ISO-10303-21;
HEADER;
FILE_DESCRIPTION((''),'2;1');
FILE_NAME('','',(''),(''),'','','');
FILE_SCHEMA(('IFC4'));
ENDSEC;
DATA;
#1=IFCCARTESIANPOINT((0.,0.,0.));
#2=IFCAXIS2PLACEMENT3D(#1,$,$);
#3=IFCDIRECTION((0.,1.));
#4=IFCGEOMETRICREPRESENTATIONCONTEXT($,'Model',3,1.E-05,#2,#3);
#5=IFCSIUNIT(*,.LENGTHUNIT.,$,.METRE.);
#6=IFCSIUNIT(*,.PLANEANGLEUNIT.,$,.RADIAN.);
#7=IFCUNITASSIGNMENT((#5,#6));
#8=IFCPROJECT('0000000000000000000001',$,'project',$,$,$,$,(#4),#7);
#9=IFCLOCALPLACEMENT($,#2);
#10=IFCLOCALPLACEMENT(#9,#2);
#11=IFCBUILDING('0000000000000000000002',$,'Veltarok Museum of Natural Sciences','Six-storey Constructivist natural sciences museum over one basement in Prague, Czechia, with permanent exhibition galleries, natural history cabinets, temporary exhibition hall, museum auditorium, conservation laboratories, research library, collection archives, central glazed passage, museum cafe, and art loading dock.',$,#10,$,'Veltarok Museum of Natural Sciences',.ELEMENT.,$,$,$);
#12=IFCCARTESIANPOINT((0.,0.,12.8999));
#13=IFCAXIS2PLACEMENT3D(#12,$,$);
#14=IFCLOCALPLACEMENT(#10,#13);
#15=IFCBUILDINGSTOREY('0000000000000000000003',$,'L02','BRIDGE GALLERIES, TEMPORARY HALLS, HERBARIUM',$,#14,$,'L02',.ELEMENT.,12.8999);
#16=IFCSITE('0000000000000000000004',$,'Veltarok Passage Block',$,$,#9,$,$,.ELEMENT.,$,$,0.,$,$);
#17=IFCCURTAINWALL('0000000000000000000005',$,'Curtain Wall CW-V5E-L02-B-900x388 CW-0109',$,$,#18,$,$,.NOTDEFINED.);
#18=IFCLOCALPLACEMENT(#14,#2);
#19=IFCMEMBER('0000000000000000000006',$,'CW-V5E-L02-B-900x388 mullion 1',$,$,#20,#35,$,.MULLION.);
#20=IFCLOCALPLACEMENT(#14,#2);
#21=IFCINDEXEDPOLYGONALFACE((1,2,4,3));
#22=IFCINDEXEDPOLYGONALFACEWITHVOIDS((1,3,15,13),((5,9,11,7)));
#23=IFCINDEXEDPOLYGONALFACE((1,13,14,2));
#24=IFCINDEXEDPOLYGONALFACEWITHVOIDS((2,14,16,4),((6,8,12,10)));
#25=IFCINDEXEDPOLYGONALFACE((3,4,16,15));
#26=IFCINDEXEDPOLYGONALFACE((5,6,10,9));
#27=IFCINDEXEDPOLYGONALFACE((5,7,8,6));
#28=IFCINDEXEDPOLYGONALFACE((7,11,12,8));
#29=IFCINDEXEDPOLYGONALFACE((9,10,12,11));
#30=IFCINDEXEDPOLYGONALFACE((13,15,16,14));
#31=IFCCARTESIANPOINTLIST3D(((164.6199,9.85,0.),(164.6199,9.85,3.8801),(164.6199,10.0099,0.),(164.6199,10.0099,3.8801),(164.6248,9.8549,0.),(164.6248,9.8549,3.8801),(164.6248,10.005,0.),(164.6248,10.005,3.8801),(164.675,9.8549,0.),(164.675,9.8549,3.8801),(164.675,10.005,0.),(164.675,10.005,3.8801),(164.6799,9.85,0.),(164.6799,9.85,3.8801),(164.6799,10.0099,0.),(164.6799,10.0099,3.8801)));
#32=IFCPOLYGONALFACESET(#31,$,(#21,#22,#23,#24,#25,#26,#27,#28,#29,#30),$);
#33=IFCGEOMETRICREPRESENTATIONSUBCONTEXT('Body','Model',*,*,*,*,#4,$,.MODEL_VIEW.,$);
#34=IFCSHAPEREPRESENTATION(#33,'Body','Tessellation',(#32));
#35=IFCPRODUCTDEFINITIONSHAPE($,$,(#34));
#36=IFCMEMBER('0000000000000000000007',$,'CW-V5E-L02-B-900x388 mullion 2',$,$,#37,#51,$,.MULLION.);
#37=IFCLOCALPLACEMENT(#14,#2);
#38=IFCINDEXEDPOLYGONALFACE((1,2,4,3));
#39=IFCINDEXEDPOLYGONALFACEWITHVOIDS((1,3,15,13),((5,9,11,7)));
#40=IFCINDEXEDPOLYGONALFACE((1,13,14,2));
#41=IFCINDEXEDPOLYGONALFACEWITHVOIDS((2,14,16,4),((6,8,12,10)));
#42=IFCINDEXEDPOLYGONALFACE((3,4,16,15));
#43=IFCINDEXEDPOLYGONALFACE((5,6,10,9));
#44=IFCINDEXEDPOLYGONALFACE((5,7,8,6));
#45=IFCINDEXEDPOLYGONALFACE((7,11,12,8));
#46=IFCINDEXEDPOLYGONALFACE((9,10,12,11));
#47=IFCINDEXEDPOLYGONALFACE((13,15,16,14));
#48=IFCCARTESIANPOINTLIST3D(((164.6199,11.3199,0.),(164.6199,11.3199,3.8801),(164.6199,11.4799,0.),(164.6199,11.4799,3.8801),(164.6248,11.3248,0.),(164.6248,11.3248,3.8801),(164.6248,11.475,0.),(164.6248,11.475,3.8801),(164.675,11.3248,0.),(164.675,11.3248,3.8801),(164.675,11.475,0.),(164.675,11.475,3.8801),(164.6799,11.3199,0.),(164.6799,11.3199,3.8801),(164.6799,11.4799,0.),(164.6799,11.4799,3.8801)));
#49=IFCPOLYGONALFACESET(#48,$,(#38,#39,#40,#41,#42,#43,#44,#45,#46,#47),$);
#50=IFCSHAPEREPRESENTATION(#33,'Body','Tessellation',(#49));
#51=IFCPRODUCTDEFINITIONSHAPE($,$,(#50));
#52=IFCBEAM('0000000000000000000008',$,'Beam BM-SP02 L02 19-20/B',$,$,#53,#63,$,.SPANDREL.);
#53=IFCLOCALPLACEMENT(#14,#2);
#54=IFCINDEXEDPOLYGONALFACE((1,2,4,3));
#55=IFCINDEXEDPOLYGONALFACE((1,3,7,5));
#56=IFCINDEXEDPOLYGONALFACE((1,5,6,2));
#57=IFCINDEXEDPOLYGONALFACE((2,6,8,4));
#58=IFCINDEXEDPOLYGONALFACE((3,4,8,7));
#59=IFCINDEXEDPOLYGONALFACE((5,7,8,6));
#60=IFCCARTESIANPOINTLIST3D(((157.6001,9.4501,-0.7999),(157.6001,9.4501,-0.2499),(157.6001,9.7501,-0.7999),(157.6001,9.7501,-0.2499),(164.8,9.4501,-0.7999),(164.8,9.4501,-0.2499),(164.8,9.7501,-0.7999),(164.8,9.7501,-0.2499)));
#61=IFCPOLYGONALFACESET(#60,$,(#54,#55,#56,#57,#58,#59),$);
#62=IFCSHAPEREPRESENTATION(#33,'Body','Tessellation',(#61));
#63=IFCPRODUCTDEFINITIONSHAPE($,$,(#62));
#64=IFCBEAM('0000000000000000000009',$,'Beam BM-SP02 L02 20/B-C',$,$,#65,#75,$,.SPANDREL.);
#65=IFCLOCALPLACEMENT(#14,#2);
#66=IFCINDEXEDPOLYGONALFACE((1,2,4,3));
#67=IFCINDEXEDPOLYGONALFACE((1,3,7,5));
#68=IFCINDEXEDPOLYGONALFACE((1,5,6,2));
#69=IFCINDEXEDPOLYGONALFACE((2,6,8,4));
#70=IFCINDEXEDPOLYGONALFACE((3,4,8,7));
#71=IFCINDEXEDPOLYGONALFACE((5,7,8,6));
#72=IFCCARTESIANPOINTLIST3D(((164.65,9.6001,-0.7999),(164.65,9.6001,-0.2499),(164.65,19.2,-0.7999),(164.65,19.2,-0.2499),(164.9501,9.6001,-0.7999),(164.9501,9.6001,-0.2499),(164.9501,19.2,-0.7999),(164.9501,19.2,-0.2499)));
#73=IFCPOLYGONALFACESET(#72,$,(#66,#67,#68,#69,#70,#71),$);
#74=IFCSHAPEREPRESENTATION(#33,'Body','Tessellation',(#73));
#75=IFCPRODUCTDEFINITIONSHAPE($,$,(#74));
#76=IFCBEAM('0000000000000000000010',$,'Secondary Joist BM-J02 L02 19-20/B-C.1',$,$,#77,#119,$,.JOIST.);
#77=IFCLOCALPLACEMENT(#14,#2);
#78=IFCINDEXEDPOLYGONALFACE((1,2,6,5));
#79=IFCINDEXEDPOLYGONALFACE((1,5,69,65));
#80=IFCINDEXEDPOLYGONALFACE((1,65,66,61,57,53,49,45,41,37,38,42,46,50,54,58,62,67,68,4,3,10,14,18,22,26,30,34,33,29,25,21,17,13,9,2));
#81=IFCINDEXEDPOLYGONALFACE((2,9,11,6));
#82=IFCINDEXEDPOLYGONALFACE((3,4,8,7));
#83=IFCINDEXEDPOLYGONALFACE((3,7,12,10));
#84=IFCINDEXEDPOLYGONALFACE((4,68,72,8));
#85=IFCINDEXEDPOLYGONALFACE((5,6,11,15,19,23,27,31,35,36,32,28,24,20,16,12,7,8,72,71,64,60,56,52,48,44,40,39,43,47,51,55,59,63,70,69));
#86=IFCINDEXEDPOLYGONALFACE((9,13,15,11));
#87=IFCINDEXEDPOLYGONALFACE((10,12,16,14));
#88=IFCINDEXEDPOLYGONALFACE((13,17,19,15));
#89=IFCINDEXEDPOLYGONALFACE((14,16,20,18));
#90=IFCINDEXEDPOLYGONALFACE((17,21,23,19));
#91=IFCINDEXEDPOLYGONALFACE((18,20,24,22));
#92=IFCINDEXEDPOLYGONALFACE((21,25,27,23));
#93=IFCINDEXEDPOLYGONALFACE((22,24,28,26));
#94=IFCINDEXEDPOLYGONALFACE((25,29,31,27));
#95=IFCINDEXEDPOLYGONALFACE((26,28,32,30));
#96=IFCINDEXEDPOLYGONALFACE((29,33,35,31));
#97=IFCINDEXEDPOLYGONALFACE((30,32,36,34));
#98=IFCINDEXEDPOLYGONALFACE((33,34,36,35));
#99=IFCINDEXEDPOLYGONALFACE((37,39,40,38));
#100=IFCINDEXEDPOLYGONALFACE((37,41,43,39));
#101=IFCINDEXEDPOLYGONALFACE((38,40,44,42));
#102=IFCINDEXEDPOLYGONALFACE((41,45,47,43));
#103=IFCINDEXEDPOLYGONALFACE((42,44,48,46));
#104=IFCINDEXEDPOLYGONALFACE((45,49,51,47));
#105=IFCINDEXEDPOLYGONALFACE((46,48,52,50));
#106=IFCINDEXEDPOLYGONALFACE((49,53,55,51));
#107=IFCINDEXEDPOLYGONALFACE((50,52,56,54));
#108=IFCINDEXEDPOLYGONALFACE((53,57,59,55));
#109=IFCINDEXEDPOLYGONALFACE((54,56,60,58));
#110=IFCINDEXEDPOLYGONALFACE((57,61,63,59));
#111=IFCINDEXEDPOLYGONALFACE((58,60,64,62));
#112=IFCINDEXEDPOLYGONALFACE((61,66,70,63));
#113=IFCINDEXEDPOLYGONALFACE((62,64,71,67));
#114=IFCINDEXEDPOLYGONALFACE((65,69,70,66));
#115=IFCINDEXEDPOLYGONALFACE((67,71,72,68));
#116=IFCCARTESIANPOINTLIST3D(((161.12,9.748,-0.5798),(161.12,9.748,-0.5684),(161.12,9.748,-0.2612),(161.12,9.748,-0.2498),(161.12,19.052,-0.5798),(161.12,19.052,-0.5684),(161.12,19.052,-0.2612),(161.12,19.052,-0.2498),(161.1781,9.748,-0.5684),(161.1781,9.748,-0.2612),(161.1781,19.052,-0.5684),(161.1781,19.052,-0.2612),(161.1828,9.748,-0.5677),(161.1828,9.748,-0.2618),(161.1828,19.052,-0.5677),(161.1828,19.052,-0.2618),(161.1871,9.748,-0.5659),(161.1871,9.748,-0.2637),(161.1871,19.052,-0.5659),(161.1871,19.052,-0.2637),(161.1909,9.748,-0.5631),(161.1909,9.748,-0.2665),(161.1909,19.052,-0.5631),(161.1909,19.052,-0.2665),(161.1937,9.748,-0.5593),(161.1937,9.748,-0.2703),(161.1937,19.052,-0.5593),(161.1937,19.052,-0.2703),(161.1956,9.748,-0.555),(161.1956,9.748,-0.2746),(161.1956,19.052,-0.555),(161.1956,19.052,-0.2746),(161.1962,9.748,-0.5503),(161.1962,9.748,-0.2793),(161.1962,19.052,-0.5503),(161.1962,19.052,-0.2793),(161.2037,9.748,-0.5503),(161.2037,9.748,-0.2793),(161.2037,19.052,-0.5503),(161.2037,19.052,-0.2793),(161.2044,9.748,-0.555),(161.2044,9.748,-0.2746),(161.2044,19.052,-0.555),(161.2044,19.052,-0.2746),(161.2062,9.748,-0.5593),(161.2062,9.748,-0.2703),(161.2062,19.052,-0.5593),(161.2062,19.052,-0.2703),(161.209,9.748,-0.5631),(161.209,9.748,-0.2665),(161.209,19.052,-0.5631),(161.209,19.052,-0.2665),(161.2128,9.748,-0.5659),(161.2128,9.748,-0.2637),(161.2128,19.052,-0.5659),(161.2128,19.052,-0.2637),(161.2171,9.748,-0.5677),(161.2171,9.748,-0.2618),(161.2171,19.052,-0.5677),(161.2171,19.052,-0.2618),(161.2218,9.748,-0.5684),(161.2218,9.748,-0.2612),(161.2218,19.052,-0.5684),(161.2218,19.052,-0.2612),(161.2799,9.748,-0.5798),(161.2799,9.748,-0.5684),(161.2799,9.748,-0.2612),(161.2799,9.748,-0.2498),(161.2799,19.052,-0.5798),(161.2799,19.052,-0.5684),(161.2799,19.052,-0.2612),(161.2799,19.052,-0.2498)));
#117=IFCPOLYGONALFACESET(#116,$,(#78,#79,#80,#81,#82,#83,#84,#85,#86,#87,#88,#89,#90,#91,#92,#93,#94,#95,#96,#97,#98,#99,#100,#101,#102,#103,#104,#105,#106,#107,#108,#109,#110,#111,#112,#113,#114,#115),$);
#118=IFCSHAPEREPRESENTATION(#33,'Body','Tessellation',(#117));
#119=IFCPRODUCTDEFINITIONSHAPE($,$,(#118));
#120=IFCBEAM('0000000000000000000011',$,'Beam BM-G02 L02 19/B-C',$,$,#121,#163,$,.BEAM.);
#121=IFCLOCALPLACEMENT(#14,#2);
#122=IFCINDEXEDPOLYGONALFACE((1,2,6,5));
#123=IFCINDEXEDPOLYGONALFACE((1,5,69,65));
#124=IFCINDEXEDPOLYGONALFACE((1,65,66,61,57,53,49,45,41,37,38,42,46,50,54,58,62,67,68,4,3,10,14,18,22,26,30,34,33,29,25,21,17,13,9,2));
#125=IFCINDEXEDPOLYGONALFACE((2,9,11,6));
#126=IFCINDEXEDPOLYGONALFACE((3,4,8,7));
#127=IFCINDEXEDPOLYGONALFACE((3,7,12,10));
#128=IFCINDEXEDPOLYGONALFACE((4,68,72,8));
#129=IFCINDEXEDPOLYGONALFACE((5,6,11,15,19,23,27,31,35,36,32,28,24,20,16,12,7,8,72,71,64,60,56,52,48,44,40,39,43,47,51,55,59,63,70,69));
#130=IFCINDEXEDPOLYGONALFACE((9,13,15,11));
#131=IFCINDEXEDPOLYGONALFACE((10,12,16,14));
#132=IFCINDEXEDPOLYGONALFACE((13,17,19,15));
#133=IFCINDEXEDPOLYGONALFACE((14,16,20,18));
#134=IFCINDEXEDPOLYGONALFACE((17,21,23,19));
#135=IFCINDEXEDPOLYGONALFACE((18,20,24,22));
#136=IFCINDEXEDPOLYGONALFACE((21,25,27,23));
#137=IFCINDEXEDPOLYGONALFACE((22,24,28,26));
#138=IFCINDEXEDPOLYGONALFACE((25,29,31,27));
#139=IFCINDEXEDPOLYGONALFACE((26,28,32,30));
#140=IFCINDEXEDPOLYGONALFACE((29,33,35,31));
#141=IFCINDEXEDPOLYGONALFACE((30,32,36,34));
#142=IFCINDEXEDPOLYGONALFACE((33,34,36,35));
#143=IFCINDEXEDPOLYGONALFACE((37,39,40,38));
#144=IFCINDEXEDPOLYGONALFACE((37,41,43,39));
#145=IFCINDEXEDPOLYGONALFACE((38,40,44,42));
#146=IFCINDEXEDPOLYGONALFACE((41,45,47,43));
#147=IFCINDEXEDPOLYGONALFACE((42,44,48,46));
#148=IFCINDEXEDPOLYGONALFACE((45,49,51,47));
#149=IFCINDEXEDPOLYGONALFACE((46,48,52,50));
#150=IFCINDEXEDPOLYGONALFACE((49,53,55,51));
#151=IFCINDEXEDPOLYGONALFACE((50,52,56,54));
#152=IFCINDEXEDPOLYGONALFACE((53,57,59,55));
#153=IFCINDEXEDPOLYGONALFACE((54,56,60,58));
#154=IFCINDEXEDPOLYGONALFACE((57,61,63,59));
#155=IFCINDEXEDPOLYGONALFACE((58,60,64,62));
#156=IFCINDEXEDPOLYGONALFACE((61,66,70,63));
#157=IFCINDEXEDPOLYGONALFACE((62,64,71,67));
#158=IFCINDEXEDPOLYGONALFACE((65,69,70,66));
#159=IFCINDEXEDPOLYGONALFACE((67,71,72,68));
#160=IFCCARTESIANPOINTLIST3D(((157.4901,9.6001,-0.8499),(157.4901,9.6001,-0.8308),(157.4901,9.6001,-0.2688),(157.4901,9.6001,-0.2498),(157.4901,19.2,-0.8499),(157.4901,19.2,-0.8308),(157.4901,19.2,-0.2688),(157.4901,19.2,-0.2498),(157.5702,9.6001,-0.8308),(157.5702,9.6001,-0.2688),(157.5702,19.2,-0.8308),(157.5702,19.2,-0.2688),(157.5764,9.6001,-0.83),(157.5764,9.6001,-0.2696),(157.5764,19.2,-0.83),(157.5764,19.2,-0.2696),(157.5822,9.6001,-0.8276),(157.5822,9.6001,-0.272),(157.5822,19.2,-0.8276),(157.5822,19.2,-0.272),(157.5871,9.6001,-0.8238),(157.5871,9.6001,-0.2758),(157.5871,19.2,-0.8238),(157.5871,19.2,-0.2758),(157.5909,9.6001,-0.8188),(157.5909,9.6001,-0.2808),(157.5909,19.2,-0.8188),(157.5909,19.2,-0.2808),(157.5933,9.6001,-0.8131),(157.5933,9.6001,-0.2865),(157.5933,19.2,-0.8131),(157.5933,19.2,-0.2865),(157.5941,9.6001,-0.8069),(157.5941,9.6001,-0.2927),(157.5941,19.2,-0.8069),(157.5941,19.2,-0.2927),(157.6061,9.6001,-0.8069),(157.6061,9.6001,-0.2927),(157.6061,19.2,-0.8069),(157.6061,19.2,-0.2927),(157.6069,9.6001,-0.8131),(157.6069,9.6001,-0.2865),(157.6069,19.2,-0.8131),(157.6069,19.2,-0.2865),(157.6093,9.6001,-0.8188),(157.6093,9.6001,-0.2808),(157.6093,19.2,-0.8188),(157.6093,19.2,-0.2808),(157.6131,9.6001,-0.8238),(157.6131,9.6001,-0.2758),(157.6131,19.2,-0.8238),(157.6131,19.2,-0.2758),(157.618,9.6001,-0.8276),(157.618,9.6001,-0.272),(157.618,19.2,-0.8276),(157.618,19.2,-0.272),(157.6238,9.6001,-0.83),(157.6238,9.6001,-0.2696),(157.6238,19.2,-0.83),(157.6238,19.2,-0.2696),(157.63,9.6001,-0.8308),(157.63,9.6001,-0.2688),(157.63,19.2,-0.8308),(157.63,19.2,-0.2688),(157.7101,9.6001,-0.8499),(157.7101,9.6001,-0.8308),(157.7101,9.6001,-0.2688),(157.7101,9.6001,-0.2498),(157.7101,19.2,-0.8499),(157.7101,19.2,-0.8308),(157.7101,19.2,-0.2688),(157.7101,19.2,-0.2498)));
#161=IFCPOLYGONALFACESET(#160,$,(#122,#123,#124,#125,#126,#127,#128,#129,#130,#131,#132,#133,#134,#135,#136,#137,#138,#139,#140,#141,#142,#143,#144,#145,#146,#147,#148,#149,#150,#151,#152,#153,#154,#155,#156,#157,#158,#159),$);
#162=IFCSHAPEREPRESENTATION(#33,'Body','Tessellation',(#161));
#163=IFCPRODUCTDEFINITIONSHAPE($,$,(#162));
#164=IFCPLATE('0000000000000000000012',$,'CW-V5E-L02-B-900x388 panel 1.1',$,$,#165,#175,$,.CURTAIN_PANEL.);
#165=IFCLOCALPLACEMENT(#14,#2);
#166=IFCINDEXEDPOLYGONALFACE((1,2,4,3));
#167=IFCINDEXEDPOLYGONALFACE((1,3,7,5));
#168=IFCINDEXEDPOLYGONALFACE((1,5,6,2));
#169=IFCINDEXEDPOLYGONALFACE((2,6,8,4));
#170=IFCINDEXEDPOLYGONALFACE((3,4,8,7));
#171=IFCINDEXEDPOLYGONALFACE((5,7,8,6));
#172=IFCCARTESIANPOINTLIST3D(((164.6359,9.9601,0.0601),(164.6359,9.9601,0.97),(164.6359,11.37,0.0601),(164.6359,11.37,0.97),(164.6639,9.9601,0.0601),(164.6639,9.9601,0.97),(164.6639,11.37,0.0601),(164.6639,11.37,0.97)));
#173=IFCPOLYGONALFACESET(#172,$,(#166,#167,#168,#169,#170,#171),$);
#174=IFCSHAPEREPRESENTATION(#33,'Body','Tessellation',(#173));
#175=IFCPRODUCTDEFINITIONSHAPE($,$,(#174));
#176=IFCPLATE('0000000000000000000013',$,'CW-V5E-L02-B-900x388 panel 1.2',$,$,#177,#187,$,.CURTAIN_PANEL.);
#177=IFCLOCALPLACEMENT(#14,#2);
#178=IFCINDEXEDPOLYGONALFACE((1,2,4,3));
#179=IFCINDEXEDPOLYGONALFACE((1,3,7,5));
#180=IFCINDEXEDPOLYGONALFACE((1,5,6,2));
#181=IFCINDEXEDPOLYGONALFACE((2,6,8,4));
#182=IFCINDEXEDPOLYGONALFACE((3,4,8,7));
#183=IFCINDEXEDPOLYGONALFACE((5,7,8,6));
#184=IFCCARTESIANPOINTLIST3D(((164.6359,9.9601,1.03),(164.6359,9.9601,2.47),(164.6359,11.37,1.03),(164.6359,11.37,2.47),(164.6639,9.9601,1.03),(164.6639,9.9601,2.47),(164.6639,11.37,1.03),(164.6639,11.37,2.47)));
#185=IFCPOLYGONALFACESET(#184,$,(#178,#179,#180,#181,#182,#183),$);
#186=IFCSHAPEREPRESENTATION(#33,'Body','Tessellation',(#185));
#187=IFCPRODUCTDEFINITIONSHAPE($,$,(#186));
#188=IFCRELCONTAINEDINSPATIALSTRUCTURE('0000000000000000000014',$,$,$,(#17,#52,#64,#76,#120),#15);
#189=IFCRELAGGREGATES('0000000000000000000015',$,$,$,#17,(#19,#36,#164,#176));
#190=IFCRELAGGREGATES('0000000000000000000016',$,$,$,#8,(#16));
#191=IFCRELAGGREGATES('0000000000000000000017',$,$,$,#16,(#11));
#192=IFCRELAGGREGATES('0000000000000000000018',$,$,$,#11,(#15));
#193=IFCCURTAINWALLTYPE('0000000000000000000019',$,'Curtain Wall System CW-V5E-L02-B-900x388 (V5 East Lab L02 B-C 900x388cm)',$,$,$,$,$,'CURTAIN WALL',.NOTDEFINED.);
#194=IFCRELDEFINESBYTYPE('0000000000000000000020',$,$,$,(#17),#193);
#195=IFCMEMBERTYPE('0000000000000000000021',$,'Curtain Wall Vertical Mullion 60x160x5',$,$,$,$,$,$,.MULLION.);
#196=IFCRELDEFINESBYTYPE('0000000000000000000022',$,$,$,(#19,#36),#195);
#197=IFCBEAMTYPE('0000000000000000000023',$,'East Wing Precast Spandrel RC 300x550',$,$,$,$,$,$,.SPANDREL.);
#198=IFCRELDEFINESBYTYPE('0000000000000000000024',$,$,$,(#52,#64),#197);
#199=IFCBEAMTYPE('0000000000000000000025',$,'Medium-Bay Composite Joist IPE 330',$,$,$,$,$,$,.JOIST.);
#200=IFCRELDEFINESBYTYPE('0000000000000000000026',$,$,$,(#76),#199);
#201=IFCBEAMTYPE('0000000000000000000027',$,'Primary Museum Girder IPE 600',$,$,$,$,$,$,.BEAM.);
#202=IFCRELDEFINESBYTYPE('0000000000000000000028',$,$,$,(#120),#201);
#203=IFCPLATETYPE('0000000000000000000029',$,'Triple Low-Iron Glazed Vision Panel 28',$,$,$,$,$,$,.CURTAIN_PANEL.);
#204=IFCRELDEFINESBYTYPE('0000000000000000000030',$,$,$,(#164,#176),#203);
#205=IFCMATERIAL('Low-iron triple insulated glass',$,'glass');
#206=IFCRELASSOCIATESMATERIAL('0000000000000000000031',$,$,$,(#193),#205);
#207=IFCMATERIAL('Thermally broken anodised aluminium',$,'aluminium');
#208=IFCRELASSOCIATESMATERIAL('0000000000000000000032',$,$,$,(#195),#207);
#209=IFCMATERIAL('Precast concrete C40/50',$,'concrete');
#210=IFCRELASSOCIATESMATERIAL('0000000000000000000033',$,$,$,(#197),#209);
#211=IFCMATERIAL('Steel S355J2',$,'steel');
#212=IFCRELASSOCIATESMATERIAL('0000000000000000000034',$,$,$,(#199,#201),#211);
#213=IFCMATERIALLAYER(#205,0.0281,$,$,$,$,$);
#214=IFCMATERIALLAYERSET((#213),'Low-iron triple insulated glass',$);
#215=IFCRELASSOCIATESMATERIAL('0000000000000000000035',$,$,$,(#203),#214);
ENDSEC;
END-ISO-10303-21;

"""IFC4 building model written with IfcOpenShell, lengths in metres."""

from ifc_helpers import new_model, si_unit, direction, frame, origin, origin_2d, place, context, subcontext, project, spatial, rectangle, hollow_rectangle, i_section, extrude, material, layer, layer_set, material_profile, profile_set, type_object, element, aggregate, save


model = new_model("IFC4")

# Units and contexts
model_context = context("Model", 3, precision=1e-05, world=origin(), true_north=direction((0.0, 1.0)))
body_context = subcontext(model_context, "Body", "Model", "MODEL_VIEW")
ifc_project = project(units=[si_unit("LENGTHUNIT", "METRE"), si_unit("PLANEANGLEUNIT", "RADIAN")], contexts=[model_context])

# Site, building, storey
site_placement = place(None, origin())
site = spatial("IfcSite", under=ifc_project, at=site_placement, Name="Veltarok Passage Block", CompositionType="ELEMENT", RefElevation=0.0)
building_placement = place(site_placement, origin())
building = spatial("IfcBuilding", under=site, at=building_placement, Name="Veltarok Museum of Natural Sciences", Description="Six-storey Constructivist natural sciences museum over one basement in Prague, Czechia, with permanent exhibition galleries, natural history cabinets, temporary exhibition hall, museum auditorium, conservation laboratories, research library, collection archives, central glazed passage, museum cafe, and art loading dock.", LongName="Veltarok Museum of Natural Sciences", CompositionType="ELEMENT")
storey_placement = place(building_placement, frame((0.0, 0.0, 12.8999)))
storey = spatial("IfcBuildingStorey", under=building, at=storey_placement, Name="L02", Description="BRIDGE GALLERIES, TEMPORARY HALLS, HERBARIUM", LongName="L02", CompositionType="ELEMENT", Elevation=12.8999)

# Shared definitions
ifc_material_1 = material(Name="Steel S355J2", Category="steel")

# Curtain wall, members
ifc_material_2 = material(Name="Low-iron triple insulated glass", Category="glass")
curtain_wall_type = type_object("IfcCurtainWallType", Name="Curtain Wall System CW-V5E-L02-B-900x388 (V5 East Lab L02 B-C 900x388cm)", ElementType="CURTAIN WALL", PredefinedType="NOTDEFINED", material=ifc_material_2)
curtain_wall_placement = place(storey_placement, origin())
curtain_wall = element("IfcCurtainWall", 1, at=curtain_wall_placement, inside=storey, type_object=curtain_wall_type, Name="Curtain Wall CW-V5E-L02-B-900x388 CW-0109", PredefinedType="NOTDEFINED")
ifc_material_3 = material(Name="Thermally broken anodised aluminium", Category="aluminium")
ifc_material_profile_1 = material_profile(ifc_material_3, hollow_rectangle(XDim=0.0601, YDim=0.1599, WallThickness=0.0049, at=origin_2d()), Name="CW MULLION 60x160x5")
ifc_profile_set_1 = profile_set([ifc_material_profile_1], Name="Thermally broken anodised aluminium")
member_type_1 = type_object("IfcMemberType", Name="Curtain Wall Vertical Mullion 60x160x5", PredefinedType="MULLION", material=ifc_profile_set_1)
member_1_placement = place(storey_placement, frame((164.6499, 9.9299, 0.0), z_axis=(0.0, 0.0, 1.0), x_axis=(-1.0, 0.0, 0.0)))
member_1 = element("IfcMember", 2, at=member_1_placement, type_object=member_type_1, Name="CW-V5E-L02-B-900x388 mullion 1", PredefinedType="MULLION", context=body_context, shape_type="SweptSolid", body=[
    extrude(hollow_rectangle(XDim=0.0601, YDim=0.1599, WallThickness=0.0049, at=origin_2d()), origin(), (0.0, 0.0, 1.0), 3.8801),
])
member_2_placement = place(storey_placement, frame((164.6499, 11.3999, 0.0), z_axis=(0.0, 0.0, 1.0), x_axis=(-1.0, 0.0, 0.0)))
member_2 = element("IfcMember", 3, at=member_2_placement, type_object=member_type_1, Name="CW-V5E-L02-B-900x388 mullion 2", PredefinedType="MULLION", context=body_context, shape_type="SweptSolid", body=[
    extrude(hollow_rectangle(XDim=0.0601, YDim=0.1599, WallThickness=0.0049, at=origin_2d()), origin(), (0.0, 0.0, 1.0), 3.8801),
])

# Beams
ifc_material_4 = material(Name="Precast concrete C40/50", Category="concrete")
ifc_material_profile_2 = material_profile(ifc_material_4, rectangle(XDim=0.3, YDim=0.55, at=origin_2d()), Name="RC 300x550")
ifc_profile_set_2 = profile_set([ifc_material_profile_2], Name="Precast concrete C40/50")
beam_type_1 = type_object("IfcBeamType", Name="East Wing Precast Spandrel RC 300x550", PredefinedType="SPANDREL", material=ifc_profile_set_2)
beam_1_placement = place(storey_placement, frame((157.6001, 9.6001, -0.5249), z_axis=(1.0, 0.0, 0.0), x_axis=(0.0, 1.0, 0.0)))
element("IfcBeam", 4, at=beam_1_placement, inside=storey, type_object=beam_type_1, Name="Beam BM-SP02 L02 19-20/B", PredefinedType="SPANDREL", context=body_context, shape_type="SweptSolid", body=[
    extrude(rectangle(XDim=0.3, YDim=0.55, at=origin_2d()), origin(), (0.0, 0.0, 1.0), 7.2),
])
beam_2_placement = place(storey_placement, frame((164.8, 9.6001, -0.5249), z_axis=(0.0, 1.0, 0.0), x_axis=(-1.0, 0.0, 0.0)))
element("IfcBeam", 5, at=beam_2_placement, inside=storey, type_object=beam_type_1, Name="Beam BM-SP02 L02 20/B-C", PredefinedType="SPANDREL", context=body_context, shape_type="SweptSolid", body=[
    extrude(rectangle(XDim=0.3, YDim=0.55, at=origin_2d()), origin(), (0.0, 0.0, 1.0), 9.5999),
])
ifc_material_profile_3 = material_profile(ifc_material_1, i_section(OverallWidth=0.1599, OverallDepth=0.3301, WebThickness=0.0076, FlangeThickness=0.0115, FilletRadius=0.0181, at=origin_2d()), Name="IPE 330")
ifc_profile_set_3 = profile_set([ifc_material_profile_3], Name="Steel S355J2")
beam_type_2 = type_object("IfcBeamType", Name="Medium-Bay Composite Joist IPE 330", PredefinedType="JOIST", material=ifc_profile_set_3)
beam_3_placement = place(storey_placement, frame((161.2, 9.748, -0.4148), z_axis=(0.0, 1.0, 0.0), x_axis=(-1.0, 0.0, 0.0)))
element("IfcBeam", 6, at=beam_3_placement, inside=storey, type_object=beam_type_2, Name="Secondary Joist BM-J02 L02 19-20/B-C.1", PredefinedType="JOIST", context=body_context, shape_type="SweptSolid", body=[
    extrude(i_section(OverallWidth=0.1599, OverallDepth=0.3301, WebThickness=0.0076, FlangeThickness=0.0115, FilletRadius=0.0181, at=origin_2d()), origin(), (0.0, 0.0, 1.0), 9.304),
])
ifc_material_profile_4 = material_profile(ifc_material_1, i_section(OverallWidth=0.22, OverallDepth=0.6001, WebThickness=0.012, FlangeThickness=0.019, FilletRadius=0.0239, at=origin_2d()), Name="IPE 600")
ifc_profile_set_4 = profile_set([ifc_material_profile_4], Name="Steel S355J2")
beam_type_3 = type_object("IfcBeamType", Name="Primary Museum Girder IPE 600", PredefinedType="BEAM", material=ifc_profile_set_4)
beam_4_placement = place(storey_placement, frame((157.6001, 9.6001, -0.5498), z_axis=(0.0, 1.0, 0.0), x_axis=(-1.0, 0.0, 0.0)))
element("IfcBeam", 7, at=beam_4_placement, inside=storey, type_object=beam_type_3, Name="Beam BM-G02 L02 19/B-C", PredefinedType="BEAM", context=body_context, shape_type="SweptSolid", body=[
    extrude(i_section(OverallWidth=0.22, OverallDepth=0.6001, WebThickness=0.012, FlangeThickness=0.019, FilletRadius=0.0239, at=origin_2d()), origin(), (0.0, 0.0, 1.0), 9.5999),
])

# Plates
ifc_layer_1 = layer(ifc_material_2, 0.0281)
ifc_layer_set_1 = layer_set([ifc_layer_1], Name="Low-iron triple insulated glass")
plate_type = type_object("IfcPlateType", Name="Triple Low-Iron Glazed Vision Panel 28", PredefinedType="CURTAIN_PANEL", material=ifc_layer_set_1)
plate_1_placement = place(storey_placement, frame((164.6499, 10.665, 0.0601), z_axis=(0.0, 0.0, 1.0), x_axis=(0.0, 1.0, 0.0)))
plate_1 = element("IfcPlate", 8, at=plate_1_placement, type_object=plate_type, Name="CW-V5E-L02-B-900x388 panel 1.1", PredefinedType="CURTAIN_PANEL", context=body_context, shape_type="SweptSolid", body=[
    extrude(rectangle(XDim=1.4099, YDim=0.0281, at=origin_2d()), origin(), (0.0, 0.0, 1.0), 0.9099),
])
plate_2_placement = place(storey_placement, frame((164.6499, 10.665, 1.03), z_axis=(0.0, 0.0, 1.0), x_axis=(0.0, 1.0, 0.0)))
plate_2 = element("IfcPlate", 9, at=plate_2_placement, type_object=plate_type, Name="CW-V5E-L02-B-900x388 panel 1.2", PredefinedType="CURTAIN_PANEL", context=body_context, shape_type="SweptSolid", body=[
    extrude(rectangle(XDim=1.4099, YDim=0.0281, at=origin_2d()), origin(), (0.0, 0.0, 1.0), 1.4399),
])
aggregate(curtain_wall, [member_1, member_2, plate_1, plate_2])

save(model, "model.ifc")
